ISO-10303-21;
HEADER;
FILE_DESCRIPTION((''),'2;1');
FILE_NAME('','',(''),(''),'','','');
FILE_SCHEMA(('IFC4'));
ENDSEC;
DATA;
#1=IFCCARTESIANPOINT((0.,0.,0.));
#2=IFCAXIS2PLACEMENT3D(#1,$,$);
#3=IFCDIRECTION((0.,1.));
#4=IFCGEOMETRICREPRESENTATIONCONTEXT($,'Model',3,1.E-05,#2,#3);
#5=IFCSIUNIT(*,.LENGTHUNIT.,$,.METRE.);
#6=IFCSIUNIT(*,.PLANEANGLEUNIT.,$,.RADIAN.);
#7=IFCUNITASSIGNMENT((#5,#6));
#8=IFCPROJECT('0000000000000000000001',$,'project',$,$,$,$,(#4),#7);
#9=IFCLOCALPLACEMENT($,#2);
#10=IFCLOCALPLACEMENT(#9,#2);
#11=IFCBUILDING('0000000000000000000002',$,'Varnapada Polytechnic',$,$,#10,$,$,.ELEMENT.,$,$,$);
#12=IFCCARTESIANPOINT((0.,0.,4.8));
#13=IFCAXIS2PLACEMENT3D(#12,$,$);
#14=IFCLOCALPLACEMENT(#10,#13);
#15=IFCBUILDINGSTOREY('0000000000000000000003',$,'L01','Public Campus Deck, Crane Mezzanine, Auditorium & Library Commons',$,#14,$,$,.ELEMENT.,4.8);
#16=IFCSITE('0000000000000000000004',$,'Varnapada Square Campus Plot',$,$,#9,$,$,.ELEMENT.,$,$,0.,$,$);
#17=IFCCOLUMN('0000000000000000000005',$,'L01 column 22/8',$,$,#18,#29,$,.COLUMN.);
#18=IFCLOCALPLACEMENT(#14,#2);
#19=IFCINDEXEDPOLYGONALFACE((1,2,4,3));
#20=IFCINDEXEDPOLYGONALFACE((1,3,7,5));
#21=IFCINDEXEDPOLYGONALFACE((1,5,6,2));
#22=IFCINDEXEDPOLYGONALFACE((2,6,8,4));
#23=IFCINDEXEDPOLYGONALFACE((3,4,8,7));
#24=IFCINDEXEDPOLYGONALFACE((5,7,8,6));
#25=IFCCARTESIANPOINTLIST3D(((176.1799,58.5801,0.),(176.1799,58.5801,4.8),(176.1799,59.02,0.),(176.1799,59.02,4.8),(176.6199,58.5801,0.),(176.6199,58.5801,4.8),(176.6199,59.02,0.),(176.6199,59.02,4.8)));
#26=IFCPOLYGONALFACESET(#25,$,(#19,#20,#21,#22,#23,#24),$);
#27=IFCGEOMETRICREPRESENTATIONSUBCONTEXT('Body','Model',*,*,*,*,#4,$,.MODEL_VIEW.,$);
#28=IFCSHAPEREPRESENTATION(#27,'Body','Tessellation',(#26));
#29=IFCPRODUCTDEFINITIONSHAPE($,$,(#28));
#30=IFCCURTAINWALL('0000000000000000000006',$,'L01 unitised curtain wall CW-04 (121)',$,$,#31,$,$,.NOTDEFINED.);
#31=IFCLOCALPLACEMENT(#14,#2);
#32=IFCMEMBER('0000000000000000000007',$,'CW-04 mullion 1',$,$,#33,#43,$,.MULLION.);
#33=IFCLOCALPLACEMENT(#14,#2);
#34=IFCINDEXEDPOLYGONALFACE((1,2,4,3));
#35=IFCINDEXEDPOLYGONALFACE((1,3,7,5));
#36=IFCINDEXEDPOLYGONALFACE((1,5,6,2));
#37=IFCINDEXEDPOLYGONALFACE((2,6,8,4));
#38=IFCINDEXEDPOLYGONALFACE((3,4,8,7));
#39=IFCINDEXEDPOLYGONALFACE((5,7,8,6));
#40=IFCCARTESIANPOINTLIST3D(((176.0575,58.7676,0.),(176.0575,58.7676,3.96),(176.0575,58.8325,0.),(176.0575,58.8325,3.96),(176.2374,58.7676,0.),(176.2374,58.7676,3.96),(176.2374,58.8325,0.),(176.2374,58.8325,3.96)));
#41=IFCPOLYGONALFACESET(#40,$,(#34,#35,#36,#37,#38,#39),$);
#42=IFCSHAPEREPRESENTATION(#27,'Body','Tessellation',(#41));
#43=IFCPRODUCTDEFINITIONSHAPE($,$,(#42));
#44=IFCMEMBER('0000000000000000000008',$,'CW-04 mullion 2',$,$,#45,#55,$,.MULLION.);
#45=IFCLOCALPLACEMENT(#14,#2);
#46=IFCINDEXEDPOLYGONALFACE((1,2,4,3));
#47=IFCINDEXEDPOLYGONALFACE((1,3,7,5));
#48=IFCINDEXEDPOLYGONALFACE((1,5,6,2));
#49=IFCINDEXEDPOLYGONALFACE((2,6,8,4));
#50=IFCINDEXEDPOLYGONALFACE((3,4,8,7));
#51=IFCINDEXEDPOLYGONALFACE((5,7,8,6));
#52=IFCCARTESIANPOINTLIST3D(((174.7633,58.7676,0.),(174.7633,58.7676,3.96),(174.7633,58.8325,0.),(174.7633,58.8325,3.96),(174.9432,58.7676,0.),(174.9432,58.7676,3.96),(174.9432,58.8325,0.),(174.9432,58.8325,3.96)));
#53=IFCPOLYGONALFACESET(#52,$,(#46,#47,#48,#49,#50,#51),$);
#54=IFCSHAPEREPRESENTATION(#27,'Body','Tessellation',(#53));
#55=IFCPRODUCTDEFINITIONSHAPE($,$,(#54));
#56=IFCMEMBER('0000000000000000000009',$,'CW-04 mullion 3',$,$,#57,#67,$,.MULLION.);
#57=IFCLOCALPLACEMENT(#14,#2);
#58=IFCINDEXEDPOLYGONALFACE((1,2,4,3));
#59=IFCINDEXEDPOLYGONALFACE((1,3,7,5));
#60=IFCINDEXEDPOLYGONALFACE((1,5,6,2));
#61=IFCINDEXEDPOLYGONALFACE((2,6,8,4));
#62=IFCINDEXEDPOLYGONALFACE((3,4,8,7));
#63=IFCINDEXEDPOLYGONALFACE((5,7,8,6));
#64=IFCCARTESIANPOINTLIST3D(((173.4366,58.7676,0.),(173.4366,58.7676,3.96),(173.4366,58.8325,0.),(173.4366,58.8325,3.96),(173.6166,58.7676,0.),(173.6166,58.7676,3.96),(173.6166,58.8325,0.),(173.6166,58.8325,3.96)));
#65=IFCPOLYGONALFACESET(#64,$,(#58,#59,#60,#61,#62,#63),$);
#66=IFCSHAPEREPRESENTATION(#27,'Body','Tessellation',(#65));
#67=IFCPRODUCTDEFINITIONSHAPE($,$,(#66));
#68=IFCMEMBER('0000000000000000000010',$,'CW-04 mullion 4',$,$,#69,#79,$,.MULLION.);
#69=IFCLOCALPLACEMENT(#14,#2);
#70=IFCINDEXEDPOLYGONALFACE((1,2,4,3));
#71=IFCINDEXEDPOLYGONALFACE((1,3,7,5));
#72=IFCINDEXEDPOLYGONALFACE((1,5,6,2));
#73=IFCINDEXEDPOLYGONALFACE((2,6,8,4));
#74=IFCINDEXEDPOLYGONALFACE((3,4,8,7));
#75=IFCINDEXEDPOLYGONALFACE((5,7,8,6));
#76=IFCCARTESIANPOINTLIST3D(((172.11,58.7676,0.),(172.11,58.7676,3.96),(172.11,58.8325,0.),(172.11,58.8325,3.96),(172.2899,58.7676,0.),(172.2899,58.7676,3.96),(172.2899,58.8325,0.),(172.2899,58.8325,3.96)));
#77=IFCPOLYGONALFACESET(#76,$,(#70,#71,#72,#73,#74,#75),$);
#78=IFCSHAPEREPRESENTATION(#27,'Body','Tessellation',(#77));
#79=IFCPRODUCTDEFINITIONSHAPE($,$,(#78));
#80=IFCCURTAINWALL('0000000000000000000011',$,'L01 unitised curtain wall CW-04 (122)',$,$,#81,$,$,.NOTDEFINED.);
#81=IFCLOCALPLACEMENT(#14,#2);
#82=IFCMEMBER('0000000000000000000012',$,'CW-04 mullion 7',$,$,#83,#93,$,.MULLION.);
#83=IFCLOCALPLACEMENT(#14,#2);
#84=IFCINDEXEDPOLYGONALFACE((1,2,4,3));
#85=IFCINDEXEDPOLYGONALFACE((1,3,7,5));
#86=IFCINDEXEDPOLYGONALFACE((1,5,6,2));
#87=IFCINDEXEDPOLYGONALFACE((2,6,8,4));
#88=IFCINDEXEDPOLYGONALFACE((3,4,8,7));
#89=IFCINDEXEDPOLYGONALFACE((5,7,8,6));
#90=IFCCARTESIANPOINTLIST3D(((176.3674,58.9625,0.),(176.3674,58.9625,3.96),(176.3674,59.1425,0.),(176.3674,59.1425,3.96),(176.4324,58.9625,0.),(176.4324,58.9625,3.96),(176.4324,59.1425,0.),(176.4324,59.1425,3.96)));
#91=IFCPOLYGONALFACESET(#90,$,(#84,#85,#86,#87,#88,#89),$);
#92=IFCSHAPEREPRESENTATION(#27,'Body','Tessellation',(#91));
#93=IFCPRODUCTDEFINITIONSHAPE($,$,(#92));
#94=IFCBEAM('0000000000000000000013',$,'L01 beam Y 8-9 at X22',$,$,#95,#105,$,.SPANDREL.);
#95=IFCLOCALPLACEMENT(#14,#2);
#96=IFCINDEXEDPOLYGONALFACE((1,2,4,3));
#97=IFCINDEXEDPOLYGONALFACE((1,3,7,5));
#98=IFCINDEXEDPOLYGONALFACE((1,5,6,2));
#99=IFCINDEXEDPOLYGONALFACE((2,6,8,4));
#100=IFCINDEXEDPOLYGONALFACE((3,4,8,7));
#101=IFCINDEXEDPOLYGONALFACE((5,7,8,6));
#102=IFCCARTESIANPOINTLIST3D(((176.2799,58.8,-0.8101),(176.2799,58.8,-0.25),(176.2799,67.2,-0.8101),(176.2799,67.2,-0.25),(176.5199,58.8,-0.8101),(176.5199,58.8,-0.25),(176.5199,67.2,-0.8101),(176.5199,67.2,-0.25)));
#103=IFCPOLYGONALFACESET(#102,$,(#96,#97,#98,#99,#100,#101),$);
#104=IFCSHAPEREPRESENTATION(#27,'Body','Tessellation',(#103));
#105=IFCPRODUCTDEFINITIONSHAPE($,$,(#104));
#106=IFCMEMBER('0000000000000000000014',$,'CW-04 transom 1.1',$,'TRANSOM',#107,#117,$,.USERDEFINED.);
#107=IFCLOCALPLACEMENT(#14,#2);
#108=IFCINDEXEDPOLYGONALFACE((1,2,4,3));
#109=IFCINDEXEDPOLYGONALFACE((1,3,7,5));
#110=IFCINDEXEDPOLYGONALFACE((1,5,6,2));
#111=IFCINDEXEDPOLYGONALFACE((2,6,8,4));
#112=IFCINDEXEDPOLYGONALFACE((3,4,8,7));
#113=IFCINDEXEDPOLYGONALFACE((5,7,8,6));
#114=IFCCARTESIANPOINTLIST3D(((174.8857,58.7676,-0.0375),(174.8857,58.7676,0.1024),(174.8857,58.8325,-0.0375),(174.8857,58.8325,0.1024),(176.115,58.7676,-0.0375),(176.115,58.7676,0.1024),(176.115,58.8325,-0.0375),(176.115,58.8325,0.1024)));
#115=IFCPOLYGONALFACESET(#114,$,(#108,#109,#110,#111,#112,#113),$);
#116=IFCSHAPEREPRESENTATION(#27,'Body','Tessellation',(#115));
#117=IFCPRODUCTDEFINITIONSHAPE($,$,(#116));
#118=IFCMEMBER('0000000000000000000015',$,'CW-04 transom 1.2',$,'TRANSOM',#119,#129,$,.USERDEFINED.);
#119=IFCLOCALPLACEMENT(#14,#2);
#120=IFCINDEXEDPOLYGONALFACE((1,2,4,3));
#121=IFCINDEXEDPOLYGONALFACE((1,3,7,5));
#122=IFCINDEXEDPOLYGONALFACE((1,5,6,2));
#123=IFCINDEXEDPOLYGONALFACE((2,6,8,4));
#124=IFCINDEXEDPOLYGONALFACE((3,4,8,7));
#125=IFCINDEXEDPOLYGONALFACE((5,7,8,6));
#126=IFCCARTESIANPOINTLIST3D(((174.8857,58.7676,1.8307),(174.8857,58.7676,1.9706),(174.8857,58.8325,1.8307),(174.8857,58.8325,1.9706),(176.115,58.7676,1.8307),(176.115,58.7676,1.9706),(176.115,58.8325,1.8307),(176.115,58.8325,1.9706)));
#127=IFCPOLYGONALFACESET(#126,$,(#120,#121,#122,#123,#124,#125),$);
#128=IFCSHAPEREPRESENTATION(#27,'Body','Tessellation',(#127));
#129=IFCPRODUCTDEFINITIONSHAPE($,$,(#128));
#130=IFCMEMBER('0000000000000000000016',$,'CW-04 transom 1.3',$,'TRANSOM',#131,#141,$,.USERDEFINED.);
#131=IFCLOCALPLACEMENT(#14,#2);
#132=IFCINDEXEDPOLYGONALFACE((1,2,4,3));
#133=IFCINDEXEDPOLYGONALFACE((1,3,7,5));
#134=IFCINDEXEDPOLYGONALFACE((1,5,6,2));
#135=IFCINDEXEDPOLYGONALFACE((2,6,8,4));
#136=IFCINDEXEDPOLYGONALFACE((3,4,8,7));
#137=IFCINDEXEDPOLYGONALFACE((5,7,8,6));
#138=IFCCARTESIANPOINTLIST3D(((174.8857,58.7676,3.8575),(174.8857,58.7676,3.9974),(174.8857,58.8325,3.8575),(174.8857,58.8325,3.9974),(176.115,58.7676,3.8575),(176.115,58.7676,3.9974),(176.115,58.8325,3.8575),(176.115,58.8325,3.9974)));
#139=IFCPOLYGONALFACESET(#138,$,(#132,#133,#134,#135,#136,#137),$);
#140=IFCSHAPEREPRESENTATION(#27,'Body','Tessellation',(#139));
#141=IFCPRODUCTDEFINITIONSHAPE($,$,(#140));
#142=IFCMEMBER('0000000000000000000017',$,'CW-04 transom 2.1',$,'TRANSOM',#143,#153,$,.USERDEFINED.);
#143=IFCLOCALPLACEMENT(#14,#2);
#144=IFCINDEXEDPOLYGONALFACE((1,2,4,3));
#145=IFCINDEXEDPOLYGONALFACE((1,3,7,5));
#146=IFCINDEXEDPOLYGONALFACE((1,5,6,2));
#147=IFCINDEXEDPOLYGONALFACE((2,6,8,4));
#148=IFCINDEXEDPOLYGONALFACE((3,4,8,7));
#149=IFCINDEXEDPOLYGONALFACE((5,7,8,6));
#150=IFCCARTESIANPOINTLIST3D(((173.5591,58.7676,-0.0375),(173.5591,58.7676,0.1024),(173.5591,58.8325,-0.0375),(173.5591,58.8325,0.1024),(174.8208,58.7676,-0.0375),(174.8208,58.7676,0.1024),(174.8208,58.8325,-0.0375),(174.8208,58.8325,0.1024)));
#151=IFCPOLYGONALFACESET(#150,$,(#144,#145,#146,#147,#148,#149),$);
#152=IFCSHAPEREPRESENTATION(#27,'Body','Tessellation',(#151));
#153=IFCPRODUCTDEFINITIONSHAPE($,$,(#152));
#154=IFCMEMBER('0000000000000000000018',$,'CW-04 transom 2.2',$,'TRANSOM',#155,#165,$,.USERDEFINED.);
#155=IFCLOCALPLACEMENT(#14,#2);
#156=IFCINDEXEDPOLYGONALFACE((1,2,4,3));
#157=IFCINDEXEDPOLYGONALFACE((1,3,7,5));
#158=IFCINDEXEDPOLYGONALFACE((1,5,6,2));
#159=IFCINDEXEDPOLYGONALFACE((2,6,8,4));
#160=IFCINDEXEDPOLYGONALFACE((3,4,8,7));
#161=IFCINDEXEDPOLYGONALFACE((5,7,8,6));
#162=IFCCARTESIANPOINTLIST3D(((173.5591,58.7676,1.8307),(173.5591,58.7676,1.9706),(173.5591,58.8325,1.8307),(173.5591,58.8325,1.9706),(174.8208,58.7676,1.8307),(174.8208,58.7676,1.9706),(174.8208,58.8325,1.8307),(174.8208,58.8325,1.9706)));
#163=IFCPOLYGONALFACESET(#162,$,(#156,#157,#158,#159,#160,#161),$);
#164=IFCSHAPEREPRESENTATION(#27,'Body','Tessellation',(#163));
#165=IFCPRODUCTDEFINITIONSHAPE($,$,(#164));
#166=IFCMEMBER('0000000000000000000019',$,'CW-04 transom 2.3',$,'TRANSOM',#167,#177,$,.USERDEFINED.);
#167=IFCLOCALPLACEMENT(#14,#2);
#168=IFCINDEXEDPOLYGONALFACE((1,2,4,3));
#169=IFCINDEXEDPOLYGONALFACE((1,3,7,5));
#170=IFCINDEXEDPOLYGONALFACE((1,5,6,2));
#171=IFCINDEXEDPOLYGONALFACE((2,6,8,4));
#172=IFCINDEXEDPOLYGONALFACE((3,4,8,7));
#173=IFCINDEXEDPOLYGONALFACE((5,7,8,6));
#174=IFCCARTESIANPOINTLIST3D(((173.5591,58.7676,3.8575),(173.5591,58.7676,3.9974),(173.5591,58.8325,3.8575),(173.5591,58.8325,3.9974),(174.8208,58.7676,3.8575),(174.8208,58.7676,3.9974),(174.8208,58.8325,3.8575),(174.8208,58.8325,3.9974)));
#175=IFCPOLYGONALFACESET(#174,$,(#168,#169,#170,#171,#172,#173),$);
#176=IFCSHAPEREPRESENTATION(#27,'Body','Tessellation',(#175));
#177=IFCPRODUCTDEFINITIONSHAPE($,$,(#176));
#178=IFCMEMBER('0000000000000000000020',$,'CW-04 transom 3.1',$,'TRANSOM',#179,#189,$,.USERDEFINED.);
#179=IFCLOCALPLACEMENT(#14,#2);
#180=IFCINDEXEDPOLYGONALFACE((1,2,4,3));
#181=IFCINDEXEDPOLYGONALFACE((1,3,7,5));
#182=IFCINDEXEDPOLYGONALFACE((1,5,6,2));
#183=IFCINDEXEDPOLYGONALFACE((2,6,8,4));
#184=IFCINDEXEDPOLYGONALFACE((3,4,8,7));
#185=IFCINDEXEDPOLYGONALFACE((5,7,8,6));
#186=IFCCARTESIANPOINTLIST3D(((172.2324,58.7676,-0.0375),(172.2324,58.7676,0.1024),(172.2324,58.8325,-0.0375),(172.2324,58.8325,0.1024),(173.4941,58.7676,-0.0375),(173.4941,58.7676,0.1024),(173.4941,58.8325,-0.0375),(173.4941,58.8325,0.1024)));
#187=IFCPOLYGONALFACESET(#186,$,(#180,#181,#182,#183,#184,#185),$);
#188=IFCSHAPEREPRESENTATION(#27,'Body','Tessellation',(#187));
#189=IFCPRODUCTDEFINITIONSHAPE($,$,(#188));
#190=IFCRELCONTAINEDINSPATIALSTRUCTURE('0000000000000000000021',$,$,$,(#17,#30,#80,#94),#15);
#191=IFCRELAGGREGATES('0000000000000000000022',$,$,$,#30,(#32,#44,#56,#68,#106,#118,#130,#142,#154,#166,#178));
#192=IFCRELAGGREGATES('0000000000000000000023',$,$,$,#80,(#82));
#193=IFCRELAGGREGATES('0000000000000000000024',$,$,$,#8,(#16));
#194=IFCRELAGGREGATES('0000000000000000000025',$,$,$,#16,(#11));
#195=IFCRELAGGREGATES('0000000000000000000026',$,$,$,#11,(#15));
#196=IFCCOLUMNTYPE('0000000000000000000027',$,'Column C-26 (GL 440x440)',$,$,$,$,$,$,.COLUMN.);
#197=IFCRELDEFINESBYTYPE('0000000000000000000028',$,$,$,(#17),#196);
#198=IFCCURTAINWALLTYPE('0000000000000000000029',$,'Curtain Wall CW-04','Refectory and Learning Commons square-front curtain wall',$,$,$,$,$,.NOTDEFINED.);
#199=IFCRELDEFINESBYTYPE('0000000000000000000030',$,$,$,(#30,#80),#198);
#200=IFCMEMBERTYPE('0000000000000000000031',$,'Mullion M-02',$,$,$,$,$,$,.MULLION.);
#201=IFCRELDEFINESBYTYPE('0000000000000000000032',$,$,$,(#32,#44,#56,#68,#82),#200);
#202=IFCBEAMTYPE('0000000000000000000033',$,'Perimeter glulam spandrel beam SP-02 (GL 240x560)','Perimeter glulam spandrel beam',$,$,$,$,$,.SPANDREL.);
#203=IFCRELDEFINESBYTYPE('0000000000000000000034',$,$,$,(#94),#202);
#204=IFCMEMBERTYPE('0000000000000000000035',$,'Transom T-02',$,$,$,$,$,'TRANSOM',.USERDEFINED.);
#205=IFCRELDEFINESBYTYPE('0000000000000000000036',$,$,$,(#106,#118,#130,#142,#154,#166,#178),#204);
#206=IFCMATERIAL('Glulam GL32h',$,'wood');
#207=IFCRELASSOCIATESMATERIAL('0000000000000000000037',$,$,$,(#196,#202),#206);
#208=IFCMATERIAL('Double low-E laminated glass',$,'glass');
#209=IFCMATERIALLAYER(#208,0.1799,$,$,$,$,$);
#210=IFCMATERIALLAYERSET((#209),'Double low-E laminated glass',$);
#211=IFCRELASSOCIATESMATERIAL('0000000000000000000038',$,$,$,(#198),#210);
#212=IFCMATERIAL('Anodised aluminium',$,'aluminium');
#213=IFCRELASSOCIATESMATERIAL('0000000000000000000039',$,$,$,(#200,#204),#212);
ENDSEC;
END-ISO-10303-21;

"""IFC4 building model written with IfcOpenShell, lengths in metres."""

from ifc_helpers import new_model, si_unit, direction, frame, origin, origin_2d, place, context, subcontext, project, spatial, rectangle, extrude, material, layer, layer_set, material_profile, profile_set, type_object, element, aggregate, save


model = new_model("IFC4")

# Units and contexts
model_context = context("Model", 3, precision=1e-05, world=origin(), true_north=direction((0.0, 1.0)))
body_context = subcontext(model_context, "Body", "Model", "MODEL_VIEW")
ifc_project = project(units=[si_unit("LENGTHUNIT", "METRE"), si_unit("PLANEANGLEUNIT", "RADIAN")], contexts=[model_context])

# Site, building, storey
site_placement = place(None, origin())
site = spatial("IfcSite", under=ifc_project, at=site_placement, Name="Varnapada Square Campus Plot", CompositionType="ELEMENT", RefElevation=0.0)
building_placement = place(site_placement, origin())
building = spatial("IfcBuilding", under=site, at=building_placement, Name="Varnapada Polytechnic", CompositionType="ELEMENT")
storey_placement = place(building_placement, frame((0.0, 0.0, 4.8)))
storey = spatial("IfcBuildingStorey", under=building, at=storey_placement, Name="L01", Description="Public Campus Deck, Crane Mezzanine, Auditorium & Library Commons", CompositionType="ELEMENT", Elevation=4.8)

# Column
ifc_material_1 = material(Name="Glulam GL32h", Category="wood")
ifc_material_profile_1 = material_profile(ifc_material_1, rectangle(XDim=0.4399, YDim=0.4399, at=origin_2d()), Name="GL 440x440")
ifc_profile_set_1 = profile_set([ifc_material_profile_1], Name="Glulam GL32h")
column_type = type_object("IfcColumnType", Name="Column C-26 (GL 440x440)", PredefinedType="COLUMN", material=ifc_profile_set_1)
column_placement = place(storey_placement, frame((176.3999, 58.8, 0.0), z_axis=(0.0, 0.0, 1.0), x_axis=(1.0, 0.0, 0.0)))
element("IfcColumn", 1, at=column_placement, inside=storey, type_object=column_type, Name="L01 column 22/8", PredefinedType="COLUMN", context=body_context, shape_type="SweptSolid", body=[
    extrude(rectangle(XDim=0.4399, YDim=0.4399, at=origin_2d()), origin(), (0.0, 0.0, 1.0), 4.8),
])

# Curtain wall, members
ifc_material_2 = material(Name="Double low-E laminated glass", Category="glass")
ifc_layer_1 = layer(ifc_material_2, 0.1799)
ifc_layer_set_1 = layer_set([ifc_layer_1], Name="Double low-E laminated glass")
curtain_wall_type = type_object("IfcCurtainWallType", Name="Curtain Wall CW-04", Description="Refectory and Learning Commons square-front curtain wall", PredefinedType="NOTDEFINED", material=ifc_layer_set_1)
curtain_wall_1_placement = place(storey_placement, origin())
curtain_wall_1 = element("IfcCurtainWall", 2, at=curtain_wall_1_placement, inside=storey, type_object=curtain_wall_type, Name="L01 unitised curtain wall CW-04 (121)", PredefinedType="NOTDEFINED")
ifc_material_3 = material(Name="Anodised aluminium", Category="aluminium")
ifc_material_profile_2 = material_profile(ifc_material_3, rectangle(XDim=0.0649, YDim=0.1799, at=origin_2d()), Name="ALU M65x180")
ifc_profile_set_2 = profile_set([ifc_material_profile_2], Name="Anodised aluminium")
member_type_1 = type_object("IfcMemberType", Name="Mullion M-02", PredefinedType="MULLION", material=ifc_profile_set_2)
member_1_placement = place(storey_placement, frame((176.1475, 58.8, 0.0), z_axis=(0.0, 0.0, 1.0), x_axis=(0.0, -1.0, 0.0)))
member_1 = element("IfcMember", 3, at=member_1_placement, type_object=member_type_1, Name="CW-04 mullion 1", PredefinedType="MULLION", context=body_context, shape_type="SweptSolid", body=[
    extrude(rectangle(XDim=0.0649, YDim=0.1799, at=origin_2d()), origin(), (0.0, 0.0, 1.0), 3.96),
])
member_2_placement = place(storey_placement, frame((174.8533, 58.8, 0.0), z_axis=(0.0, 0.0, 1.0), x_axis=(0.0, -1.0, 0.0)))
member_2 = element("IfcMember", 4, at=member_2_placement, type_object=member_type_1, Name="CW-04 mullion 2", PredefinedType="MULLION", context=body_context, shape_type="SweptSolid", body=[
    extrude(rectangle(XDim=0.0649, YDim=0.1799, at=origin_2d()), origin(), (0.0, 0.0, 1.0), 3.96),
])
member_3_placement = place(storey_placement, frame((173.5266, 58.8, 0.0), z_axis=(0.0, 0.0, 1.0), x_axis=(0.0, -1.0, 0.0)))
member_3 = element("IfcMember", 5, at=member_3_placement, type_object=member_type_1, Name="CW-04 mullion 3", PredefinedType="MULLION", context=body_context, shape_type="SweptSolid", body=[
    extrude(rectangle(XDim=0.0649, YDim=0.1799, at=origin_2d()), origin(), (0.0, 0.0, 1.0), 3.96),
])
member_4_placement = place(storey_placement, frame((172.2, 58.8, 0.0), z_axis=(0.0, 0.0, 1.0), x_axis=(0.0, -1.0, 0.0)))
member_4 = element("IfcMember", 6, at=member_4_placement, type_object=member_type_1, Name="CW-04 mullion 4", PredefinedType="MULLION", context=body_context, shape_type="SweptSolid", body=[
    extrude(rectangle(XDim=0.0649, YDim=0.1799, at=origin_2d()), origin(), (0.0, 0.0, 1.0), 3.96),
])

# Curtain wall, member
curtain_wall_2_placement = place(storey_placement, origin())
curtain_wall_2 = element("IfcCurtainWall", 7, at=curtain_wall_2_placement, inside=storey, type_object=curtain_wall_type, Name="L01 unitised curtain wall CW-04 (122)", PredefinedType="NOTDEFINED")
member_5_placement = place(storey_placement, frame((176.3999, 59.0525, 0.0), z_axis=(0.0, 0.0, 1.0), x_axis=(1.0, 0.0, 0.0)))
member_5 = element("IfcMember", 8, at=member_5_placement, type_object=member_type_1, Name="CW-04 mullion 7", PredefinedType="MULLION", context=body_context, shape_type="SweptSolid", body=[
    extrude(rectangle(XDim=0.0649, YDim=0.1799, at=origin_2d()), origin(), (0.0, 0.0, 1.0), 3.96),
])

# Beam
ifc_material_profile_3 = material_profile(ifc_material_1, rectangle(XDim=0.24, YDim=0.5601, at=origin_2d()), Name="GL 240x560")
ifc_profile_set_3 = profile_set([ifc_material_profile_3], Name="Glulam GL32h")
beam_type = type_object("IfcBeamType", Name="Perimeter glulam spandrel beam SP-02 (GL 240x560)", Description="Perimeter glulam spandrel beam", PredefinedType="SPANDREL", material=ifc_profile_set_3)
beam_placement = place(storey_placement, frame((176.3999, 58.8, -0.53), z_axis=(0.0, 1.0, 0.0), x_axis=(-1.0, 0.0, 0.0)))
element("IfcBeam", 9, at=beam_placement, inside=storey, type_object=beam_type, Name="L01 beam Y 8-9 at X22", PredefinedType="SPANDREL", context=body_context, shape_type="SweptSolid", body=[
    extrude(rectangle(XDim=0.24, YDim=0.5601, at=origin_2d()), origin(), (0.0, 0.0, 1.0), 8.3999),
])

# Members
ifc_material_profile_4 = material_profile(ifc_material_3, rectangle(XDim=0.0649, YDim=0.1399, at=origin_2d()), Name="ALU T65x140")
ifc_profile_set_4 = profile_set([ifc_material_profile_4], Name="Anodised aluminium")
member_type_2 = type_object("IfcMemberType", Name="Transom T-02", ElementType="TRANSOM", PredefinedType="USERDEFINED", material=ifc_profile_set_4)
member_6_placement = place(storey_placement, frame((176.115, 58.8, 0.0325), z_axis=(-1.0, 0.0, 0.0), x_axis=(0.0, -1.0, 0.0)))
member_6 = element("IfcMember", 10, at=member_6_placement, type_object=member_type_2, Name="CW-04 transom 1.1", ObjectType="TRANSOM", PredefinedType="USERDEFINED", context=body_context, shape_type="SweptSolid", body=[
    extrude(rectangle(XDim=0.0649, YDim=0.1399, at=origin_2d()), origin(), (0.0, 0.0, 1.0), 1.2292),
])
member_7_placement = place(storey_placement, frame((176.115, 58.8, 1.9006), z_axis=(-1.0, 0.0, 0.0), x_axis=(0.0, -1.0, 0.0)))
member_7 = element("IfcMember", 11, at=member_7_placement, type_object=member_type_2, Name="CW-04 transom 1.2", ObjectType="TRANSOM", PredefinedType="USERDEFINED", context=body_context, shape_type="SweptSolid", body=[
    extrude(rectangle(XDim=0.0649, YDim=0.1399, at=origin_2d()), origin(), (0.0, 0.0, 1.0), 1.2292),
])
member_8_placement = place(storey_placement, frame((176.115, 58.8, 3.9275), z_axis=(-1.0, 0.0, 0.0), x_axis=(0.0, -1.0, 0.0)))
member_8 = element("IfcMember", 12, at=member_8_placement, type_object=member_type_2, Name="CW-04 transom 1.3", ObjectType="TRANSOM", PredefinedType="USERDEFINED", context=body_context, shape_type="SweptSolid", body=[
    extrude(rectangle(XDim=0.0649, YDim=0.1399, at=origin_2d()), origin(), (0.0, 0.0, 1.0), 1.2292),
])
member_9_placement = place(storey_placement, frame((174.8208, 58.8, 0.0325), z_axis=(-1.0, 0.0, 0.0), x_axis=(0.0, -1.0, 0.0)))
member_9 = element("IfcMember", 13, at=member_9_placement, type_object=member_type_2, Name="CW-04 transom 2.1", ObjectType="TRANSOM", PredefinedType="USERDEFINED", context=body_context, shape_type="SweptSolid", body=[
    extrude(rectangle(XDim=0.0649, YDim=0.1399, at=origin_2d()), origin(), (0.0, 0.0, 1.0), 1.2617),
])
member_10_placement = place(storey_placement, frame((174.8208, 58.8, 1.9006), z_axis=(-1.0, 0.0, 0.0), x_axis=(0.0, -1.0, 0.0)))
member_10 = element("IfcMember", 14, at=member_10_placement, type_object=member_type_2, Name="CW-04 transom 2.2", ObjectType="TRANSOM", PredefinedType="USERDEFINED", context=body_context, shape_type="SweptSolid", body=[
    extrude(rectangle(XDim=0.0649, YDim=0.1399, at=origin_2d()), origin(), (0.0, 0.0, 1.0), 1.2617),
])
member_11_placement = place(storey_placement, frame((174.8208, 58.8, 3.9275), z_axis=(-1.0, 0.0, 0.0), x_axis=(0.0, -1.0, 0.0)))
member_11 = element("IfcMember", 15, at=member_11_placement, type_object=member_type_2, Name="CW-04 transom 2.3", ObjectType="TRANSOM", PredefinedType="USERDEFINED", context=body_context, shape_type="SweptSolid", body=[
    extrude(rectangle(XDim=0.0649, YDim=0.1399, at=origin_2d()), origin(), (0.0, 0.0, 1.0), 1.2617),
])
member_12_placement = place(storey_placement, frame((173.4941, 58.8, 0.0325), z_axis=(-1.0, 0.0, 0.0), x_axis=(0.0, -1.0, 0.0)))
member_12 = element("IfcMember", 16, at=member_12_placement, type_object=member_type_2, Name="CW-04 transom 3.1", ObjectType="TRANSOM", PredefinedType="USERDEFINED", context=body_context, shape_type="SweptSolid", body=[
    extrude(rectangle(XDim=0.0649, YDim=0.1399, at=origin_2d()), origin(), (0.0, 0.0, 1.0), 1.2617),
])

aggregate(curtain_wall_1, [member_1, member_2, member_3, member_4, member_6, member_7, member_8, member_9, member_10, member_11, member_12])
aggregate(curtain_wall_2, [member_5])

save(model, "model.ifc")
